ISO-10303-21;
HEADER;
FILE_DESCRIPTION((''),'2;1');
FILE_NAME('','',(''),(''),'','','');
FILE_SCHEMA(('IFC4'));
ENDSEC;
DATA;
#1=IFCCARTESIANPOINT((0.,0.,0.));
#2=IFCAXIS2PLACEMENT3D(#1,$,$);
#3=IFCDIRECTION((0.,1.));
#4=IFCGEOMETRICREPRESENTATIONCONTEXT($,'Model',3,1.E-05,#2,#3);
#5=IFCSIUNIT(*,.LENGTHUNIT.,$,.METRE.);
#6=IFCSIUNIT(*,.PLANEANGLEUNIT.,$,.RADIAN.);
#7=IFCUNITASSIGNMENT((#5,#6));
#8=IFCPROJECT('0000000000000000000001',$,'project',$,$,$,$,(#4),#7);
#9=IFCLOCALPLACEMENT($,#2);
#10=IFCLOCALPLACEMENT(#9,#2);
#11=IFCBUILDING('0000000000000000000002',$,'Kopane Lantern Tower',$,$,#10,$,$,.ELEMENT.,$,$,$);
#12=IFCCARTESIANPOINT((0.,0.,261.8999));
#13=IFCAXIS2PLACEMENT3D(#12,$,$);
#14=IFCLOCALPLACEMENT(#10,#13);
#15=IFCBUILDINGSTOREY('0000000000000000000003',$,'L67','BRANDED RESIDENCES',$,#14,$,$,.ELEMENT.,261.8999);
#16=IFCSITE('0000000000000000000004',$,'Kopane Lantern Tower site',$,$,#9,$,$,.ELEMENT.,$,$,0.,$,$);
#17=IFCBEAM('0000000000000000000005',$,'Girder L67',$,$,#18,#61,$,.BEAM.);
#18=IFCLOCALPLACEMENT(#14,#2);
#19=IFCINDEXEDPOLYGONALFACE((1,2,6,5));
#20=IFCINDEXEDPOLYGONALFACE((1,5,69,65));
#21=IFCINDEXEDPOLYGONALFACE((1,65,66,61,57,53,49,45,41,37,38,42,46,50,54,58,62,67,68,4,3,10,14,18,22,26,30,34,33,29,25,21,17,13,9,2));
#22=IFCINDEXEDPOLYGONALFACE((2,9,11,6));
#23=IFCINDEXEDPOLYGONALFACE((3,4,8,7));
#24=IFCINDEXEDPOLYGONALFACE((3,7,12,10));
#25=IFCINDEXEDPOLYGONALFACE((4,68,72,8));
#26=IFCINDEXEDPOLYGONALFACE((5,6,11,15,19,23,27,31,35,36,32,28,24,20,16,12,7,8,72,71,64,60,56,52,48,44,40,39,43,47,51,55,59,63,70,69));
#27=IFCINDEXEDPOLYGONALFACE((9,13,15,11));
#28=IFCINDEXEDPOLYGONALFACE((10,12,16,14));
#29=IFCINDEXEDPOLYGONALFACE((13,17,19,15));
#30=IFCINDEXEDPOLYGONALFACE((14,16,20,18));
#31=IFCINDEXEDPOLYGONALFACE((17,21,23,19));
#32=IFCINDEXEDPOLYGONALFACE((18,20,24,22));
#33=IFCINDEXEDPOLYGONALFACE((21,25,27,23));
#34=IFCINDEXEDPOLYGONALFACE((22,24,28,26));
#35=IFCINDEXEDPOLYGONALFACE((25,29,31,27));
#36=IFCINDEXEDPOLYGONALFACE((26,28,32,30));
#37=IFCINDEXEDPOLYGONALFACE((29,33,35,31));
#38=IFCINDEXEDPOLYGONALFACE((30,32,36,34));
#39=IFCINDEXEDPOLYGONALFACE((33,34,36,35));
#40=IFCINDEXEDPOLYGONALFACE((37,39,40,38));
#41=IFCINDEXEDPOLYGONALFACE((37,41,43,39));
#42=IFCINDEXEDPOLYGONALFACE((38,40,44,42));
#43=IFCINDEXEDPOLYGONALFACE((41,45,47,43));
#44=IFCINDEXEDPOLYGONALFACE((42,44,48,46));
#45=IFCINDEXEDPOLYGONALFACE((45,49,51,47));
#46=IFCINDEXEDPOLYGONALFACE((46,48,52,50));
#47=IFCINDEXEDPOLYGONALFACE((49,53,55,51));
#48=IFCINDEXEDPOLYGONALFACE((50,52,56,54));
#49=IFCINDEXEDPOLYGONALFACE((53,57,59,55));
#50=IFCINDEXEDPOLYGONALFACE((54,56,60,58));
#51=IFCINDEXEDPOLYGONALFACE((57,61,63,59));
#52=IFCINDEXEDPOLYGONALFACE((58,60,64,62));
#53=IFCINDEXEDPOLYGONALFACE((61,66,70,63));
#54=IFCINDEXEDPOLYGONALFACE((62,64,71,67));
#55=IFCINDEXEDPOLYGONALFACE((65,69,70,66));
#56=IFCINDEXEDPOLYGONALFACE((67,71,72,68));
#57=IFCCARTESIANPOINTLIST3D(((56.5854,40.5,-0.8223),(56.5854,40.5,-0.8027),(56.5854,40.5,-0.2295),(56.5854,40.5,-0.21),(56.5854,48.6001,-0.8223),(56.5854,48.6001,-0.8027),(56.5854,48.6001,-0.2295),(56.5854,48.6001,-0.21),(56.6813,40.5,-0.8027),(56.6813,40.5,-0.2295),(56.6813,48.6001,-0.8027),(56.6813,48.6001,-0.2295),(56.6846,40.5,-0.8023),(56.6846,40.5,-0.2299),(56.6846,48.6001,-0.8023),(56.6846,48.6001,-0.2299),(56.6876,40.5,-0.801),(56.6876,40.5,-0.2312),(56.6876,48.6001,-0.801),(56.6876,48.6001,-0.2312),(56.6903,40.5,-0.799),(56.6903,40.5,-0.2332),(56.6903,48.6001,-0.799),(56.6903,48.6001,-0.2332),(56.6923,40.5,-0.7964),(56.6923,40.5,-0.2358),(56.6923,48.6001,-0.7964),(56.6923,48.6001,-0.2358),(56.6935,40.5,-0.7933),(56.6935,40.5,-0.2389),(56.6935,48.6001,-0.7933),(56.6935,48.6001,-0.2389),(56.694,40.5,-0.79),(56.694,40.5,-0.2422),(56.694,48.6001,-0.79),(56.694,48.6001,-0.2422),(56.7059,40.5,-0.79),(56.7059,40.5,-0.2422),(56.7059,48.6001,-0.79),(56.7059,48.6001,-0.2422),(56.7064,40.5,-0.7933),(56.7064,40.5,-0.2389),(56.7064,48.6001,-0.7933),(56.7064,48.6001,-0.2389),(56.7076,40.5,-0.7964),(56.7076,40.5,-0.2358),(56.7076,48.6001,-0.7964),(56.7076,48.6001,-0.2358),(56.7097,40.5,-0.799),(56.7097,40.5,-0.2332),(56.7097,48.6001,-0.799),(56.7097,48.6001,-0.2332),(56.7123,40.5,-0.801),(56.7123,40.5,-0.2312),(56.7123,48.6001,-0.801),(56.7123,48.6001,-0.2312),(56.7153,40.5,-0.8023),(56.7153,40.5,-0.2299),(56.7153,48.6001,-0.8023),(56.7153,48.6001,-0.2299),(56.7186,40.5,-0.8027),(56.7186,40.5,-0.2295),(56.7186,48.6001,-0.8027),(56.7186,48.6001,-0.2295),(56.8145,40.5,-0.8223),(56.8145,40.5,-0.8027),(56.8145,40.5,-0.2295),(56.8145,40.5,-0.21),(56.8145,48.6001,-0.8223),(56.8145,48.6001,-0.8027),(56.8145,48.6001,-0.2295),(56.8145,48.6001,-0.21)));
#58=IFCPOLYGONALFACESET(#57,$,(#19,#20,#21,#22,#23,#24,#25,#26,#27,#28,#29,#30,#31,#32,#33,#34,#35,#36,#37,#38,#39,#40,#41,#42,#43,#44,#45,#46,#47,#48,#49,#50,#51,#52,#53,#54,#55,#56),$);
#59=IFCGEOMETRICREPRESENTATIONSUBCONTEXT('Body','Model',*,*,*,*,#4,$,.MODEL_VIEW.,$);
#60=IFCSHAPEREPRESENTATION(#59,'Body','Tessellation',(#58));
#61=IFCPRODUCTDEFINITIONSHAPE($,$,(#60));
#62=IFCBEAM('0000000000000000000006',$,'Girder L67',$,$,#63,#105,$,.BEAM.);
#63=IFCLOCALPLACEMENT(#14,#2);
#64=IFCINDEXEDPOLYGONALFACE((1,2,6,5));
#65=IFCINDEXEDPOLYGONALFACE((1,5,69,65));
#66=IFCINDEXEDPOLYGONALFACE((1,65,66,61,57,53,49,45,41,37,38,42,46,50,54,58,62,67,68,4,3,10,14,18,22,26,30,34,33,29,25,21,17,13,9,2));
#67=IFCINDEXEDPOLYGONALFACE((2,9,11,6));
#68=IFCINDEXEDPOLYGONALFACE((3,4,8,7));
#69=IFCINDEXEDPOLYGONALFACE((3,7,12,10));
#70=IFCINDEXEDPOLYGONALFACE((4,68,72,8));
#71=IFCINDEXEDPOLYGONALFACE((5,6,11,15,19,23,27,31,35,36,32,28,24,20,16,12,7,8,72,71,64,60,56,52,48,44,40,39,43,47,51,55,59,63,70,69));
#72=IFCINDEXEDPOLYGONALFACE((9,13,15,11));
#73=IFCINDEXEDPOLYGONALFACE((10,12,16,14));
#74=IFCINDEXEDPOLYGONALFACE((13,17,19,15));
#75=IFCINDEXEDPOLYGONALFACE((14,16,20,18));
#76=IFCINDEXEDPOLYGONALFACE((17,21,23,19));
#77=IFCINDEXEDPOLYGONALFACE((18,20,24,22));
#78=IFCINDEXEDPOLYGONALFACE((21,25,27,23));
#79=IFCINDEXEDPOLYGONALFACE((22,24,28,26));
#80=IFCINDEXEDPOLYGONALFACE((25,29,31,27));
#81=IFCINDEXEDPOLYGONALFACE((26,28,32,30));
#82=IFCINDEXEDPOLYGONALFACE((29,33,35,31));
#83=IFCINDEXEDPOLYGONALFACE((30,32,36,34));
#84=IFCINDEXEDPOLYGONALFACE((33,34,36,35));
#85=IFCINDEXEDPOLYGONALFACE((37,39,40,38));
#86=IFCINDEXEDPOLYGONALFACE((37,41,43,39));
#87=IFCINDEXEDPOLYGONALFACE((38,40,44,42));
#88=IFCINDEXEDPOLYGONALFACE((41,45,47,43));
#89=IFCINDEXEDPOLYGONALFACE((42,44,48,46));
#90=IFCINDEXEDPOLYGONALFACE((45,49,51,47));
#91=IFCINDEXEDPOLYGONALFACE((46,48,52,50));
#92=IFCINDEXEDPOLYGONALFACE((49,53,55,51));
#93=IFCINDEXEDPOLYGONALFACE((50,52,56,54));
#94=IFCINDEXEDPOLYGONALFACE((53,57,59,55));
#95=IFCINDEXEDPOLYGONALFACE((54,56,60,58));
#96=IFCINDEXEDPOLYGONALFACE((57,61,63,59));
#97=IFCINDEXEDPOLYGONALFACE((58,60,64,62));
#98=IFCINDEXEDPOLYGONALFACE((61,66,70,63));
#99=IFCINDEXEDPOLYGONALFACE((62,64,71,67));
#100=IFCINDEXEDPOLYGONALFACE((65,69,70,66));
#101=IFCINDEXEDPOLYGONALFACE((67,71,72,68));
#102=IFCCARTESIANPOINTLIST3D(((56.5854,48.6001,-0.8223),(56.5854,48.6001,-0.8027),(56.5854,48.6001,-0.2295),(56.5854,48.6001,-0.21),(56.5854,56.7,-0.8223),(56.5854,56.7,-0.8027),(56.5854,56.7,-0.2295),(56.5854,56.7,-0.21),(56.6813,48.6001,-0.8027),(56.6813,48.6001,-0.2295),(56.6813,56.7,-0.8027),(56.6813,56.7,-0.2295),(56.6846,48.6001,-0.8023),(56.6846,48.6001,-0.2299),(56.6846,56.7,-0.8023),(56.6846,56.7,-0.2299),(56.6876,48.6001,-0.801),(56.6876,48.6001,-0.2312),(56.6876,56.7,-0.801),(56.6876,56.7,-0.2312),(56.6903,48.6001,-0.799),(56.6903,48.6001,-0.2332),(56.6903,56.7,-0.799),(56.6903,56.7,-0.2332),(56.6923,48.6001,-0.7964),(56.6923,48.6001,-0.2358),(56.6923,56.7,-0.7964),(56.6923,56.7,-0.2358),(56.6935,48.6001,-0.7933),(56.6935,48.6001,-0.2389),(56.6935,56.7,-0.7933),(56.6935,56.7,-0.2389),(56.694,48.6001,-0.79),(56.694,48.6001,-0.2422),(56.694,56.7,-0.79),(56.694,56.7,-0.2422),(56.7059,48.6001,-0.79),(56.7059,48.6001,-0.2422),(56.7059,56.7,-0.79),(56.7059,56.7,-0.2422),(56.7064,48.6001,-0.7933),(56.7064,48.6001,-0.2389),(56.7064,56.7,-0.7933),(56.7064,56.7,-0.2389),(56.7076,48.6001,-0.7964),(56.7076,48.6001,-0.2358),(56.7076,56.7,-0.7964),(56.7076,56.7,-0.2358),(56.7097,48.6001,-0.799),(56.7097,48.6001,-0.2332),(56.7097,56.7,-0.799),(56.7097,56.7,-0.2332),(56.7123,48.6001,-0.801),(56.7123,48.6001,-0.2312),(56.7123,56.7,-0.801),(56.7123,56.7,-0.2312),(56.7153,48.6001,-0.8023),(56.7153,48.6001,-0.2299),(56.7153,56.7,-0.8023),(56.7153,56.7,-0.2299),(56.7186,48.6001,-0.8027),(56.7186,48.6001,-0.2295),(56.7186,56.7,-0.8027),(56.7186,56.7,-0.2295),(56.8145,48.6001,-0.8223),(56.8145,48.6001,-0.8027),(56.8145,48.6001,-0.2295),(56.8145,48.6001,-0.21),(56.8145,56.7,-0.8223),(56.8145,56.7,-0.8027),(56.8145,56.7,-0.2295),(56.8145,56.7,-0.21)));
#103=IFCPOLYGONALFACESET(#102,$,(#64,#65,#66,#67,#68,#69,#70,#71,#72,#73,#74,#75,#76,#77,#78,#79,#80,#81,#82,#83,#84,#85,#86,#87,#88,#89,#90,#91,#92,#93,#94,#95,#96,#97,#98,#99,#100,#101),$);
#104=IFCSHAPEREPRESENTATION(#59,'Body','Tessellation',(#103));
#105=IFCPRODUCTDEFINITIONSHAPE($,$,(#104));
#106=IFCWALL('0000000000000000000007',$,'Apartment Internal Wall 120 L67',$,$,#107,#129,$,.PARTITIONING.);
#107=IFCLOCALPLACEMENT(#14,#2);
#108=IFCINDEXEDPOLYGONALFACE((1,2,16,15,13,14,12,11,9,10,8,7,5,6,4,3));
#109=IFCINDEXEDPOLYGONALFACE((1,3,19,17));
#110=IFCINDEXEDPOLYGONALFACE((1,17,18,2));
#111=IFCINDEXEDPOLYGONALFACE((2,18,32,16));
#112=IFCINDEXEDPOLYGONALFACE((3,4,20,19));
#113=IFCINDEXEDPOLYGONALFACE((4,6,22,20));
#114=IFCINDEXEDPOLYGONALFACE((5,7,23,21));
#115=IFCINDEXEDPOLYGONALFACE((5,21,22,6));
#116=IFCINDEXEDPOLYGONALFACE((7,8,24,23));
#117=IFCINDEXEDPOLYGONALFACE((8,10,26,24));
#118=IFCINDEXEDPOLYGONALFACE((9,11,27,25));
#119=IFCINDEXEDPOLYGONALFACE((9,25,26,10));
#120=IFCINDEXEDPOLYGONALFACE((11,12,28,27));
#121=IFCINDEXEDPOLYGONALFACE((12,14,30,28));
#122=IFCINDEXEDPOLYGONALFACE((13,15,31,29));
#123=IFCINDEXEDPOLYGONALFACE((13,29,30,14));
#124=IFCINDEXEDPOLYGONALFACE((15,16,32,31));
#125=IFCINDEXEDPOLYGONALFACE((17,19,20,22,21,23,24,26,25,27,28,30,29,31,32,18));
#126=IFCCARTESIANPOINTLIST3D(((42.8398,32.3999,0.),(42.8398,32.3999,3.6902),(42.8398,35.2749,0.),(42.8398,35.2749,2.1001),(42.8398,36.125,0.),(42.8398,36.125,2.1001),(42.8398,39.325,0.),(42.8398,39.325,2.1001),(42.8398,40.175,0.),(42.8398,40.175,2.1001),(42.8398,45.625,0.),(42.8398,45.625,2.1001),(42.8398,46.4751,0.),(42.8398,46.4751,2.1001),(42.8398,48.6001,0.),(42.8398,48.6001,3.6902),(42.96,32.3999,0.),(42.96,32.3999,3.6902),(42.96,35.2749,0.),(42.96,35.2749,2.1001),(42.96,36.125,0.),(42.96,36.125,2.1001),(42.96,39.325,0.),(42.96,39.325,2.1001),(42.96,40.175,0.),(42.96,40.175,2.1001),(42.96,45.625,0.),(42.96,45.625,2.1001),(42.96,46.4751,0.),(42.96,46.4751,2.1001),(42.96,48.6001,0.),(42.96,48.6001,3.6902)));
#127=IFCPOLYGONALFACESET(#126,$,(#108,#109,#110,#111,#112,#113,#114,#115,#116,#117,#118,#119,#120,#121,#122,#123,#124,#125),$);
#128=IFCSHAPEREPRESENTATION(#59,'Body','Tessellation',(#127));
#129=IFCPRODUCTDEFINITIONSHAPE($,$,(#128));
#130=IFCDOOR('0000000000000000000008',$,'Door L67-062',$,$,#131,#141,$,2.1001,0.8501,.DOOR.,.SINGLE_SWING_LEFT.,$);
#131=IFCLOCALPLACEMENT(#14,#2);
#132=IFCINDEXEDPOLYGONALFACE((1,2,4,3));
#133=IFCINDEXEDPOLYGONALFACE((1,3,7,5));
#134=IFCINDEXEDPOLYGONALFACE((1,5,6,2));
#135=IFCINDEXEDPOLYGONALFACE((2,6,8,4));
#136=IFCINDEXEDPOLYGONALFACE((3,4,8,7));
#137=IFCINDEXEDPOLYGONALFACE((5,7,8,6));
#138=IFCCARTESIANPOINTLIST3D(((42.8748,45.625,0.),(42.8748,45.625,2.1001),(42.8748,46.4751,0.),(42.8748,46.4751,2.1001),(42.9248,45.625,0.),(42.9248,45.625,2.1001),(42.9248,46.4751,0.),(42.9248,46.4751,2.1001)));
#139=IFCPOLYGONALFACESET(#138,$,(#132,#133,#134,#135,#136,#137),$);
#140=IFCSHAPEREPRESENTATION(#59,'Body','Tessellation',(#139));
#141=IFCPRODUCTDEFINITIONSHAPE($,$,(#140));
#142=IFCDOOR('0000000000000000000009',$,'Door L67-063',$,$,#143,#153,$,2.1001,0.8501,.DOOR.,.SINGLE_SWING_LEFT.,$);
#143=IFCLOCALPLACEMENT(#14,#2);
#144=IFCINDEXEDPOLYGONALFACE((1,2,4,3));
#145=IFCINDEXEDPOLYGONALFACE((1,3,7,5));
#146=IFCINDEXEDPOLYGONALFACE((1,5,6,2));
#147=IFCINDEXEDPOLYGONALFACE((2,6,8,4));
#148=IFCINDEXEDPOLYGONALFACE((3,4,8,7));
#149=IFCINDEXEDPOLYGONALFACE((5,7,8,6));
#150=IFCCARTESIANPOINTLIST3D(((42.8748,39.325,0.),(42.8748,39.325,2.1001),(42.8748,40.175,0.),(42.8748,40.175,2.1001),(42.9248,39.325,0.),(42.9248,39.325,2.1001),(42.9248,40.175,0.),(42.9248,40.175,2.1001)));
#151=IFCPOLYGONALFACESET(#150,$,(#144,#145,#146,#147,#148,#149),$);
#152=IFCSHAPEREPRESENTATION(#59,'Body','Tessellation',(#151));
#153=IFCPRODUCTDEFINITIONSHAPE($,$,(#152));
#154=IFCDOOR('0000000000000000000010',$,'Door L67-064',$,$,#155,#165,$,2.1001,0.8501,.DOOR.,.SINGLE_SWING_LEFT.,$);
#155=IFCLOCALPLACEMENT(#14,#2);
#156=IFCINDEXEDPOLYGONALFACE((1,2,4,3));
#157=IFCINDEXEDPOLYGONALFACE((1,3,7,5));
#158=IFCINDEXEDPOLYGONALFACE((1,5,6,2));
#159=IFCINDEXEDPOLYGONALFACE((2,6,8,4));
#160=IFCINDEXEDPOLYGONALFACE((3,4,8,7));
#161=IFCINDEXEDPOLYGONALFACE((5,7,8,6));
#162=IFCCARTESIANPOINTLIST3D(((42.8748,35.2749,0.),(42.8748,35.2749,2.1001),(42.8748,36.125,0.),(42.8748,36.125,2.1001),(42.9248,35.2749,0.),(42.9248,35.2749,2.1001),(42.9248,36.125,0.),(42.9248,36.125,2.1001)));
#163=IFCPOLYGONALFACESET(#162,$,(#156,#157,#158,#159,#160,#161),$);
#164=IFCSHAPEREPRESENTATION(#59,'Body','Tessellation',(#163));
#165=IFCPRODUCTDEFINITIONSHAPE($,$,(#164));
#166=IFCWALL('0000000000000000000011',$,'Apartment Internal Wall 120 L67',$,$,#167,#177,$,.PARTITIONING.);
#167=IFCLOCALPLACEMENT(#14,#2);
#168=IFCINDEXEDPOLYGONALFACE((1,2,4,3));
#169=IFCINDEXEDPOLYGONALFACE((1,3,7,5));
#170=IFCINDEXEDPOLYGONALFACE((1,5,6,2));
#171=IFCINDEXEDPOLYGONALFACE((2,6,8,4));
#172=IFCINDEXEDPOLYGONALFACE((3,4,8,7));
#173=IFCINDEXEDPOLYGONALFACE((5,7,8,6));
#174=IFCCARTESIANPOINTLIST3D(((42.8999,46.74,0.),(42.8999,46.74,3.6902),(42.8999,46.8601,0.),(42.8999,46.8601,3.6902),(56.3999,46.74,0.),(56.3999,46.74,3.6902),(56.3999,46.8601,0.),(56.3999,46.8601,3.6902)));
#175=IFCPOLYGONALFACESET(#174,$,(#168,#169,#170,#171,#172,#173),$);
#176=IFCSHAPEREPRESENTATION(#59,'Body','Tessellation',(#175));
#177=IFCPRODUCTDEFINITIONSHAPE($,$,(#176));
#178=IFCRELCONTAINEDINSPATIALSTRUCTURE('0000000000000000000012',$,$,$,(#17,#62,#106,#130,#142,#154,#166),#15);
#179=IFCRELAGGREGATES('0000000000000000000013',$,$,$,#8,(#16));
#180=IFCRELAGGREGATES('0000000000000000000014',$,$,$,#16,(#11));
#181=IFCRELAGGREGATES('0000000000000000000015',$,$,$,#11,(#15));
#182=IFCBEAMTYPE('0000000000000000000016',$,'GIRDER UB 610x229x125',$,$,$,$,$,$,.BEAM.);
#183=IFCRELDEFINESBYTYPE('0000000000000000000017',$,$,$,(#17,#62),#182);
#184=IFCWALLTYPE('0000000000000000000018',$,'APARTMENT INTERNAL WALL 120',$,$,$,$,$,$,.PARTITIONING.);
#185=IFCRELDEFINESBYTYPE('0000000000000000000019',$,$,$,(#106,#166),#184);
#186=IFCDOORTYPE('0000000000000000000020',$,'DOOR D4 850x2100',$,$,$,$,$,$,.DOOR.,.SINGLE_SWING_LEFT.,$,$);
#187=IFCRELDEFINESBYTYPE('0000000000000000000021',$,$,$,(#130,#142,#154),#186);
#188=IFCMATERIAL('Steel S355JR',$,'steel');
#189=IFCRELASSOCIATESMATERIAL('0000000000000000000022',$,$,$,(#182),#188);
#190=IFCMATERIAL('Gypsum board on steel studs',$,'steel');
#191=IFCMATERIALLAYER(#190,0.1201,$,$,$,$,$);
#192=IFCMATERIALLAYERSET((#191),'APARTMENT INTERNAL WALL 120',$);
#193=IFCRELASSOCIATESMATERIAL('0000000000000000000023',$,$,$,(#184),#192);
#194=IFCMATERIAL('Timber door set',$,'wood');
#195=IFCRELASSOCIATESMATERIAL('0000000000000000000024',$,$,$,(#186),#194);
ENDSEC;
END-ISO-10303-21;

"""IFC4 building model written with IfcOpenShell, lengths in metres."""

from ifc_helpers import new_model, si_unit, direction, frame, frame_2d, origin, origin_2d, place, context, subcontext, project, spatial, rectangle, i_section, extrude, material, layer, layer_set, material_profile, profile_set, type_object, element, fill, save


model = new_model("IFC4")

# Units and contexts
model_context = context("Model", 3, precision=1e-05, world=origin(), true_north=direction((0.0, 1.0)))
body_context = subcontext(model_context, "Body", "Model", "MODEL_VIEW")
ifc_project = project(units=[si_unit("LENGTHUNIT", "METRE"), si_unit("PLANEANGLEUNIT", "RADIAN")], contexts=[model_context])

# Site, building, storey
site_placement = place(None, origin())
site = spatial("IfcSite", under=ifc_project, at=site_placement, Name="Kopane Lantern Tower site", CompositionType="ELEMENT", RefElevation=0.0)
building_placement = place(site_placement, origin())
building = spatial("IfcBuilding", under=site, at=building_placement, Name="Kopane Lantern Tower", CompositionType="ELEMENT")
storey_placement = place(building_placement, frame((0.0, 0.0, 261.8999)))
storey = spatial("IfcBuildingStorey", under=building, at=storey_placement, Name="L67", Description="BRANDED RESIDENCES", CompositionType="ELEMENT", Elevation=261.8999)

# Beams
ifc_material_1 = material(Name="Steel S355JR", Category="steel")
ifc_material_profile_1 = material_profile(ifc_material_1, i_section(OverallWidth=0.229, OverallDepth=0.6123, WebThickness=0.012, FlangeThickness=0.0195, FilletRadius=0.0127, at=origin_2d()), Name="UB 610x229x125")
ifc_profile_set_1 = profile_set([ifc_material_profile_1], Name="Steel S355JR")
beam_type = type_object("IfcBeamType", Name="GIRDER UB 610x229x125", PredefinedType="BEAM", material=ifc_profile_set_1)
beam_1_placement = place(storey_placement, frame((56.7, 40.5, -0.5161), z_axis=(0.0, 1.0, 0.0), x_axis=(-1.0, 0.0, 0.0)))
element("IfcBeam", 1, at=beam_1_placement, inside=storey, type_object=beam_type, Name="Girder L67", PredefinedType="BEAM", context=body_context, shape_type="SweptSolid", body=[
    extrude(i_section(OverallWidth=0.229, OverallDepth=0.6123, WebThickness=0.012, FlangeThickness=0.0195, FilletRadius=0.0127, at=origin_2d()), origin(), (0.0, 0.0, 1.0), 8.1001),
])
beam_2_placement = place(storey_placement, frame((56.7, 48.6001, -0.5161), z_axis=(0.0, 1.0, 0.0), x_axis=(-1.0, 0.0, 0.0)))
element("IfcBeam", 2, at=beam_2_placement, inside=storey, type_object=beam_type, Name="Girder L67", PredefinedType="BEAM", context=body_context, shape_type="SweptSolid", body=[
    extrude(i_section(OverallWidth=0.229, OverallDepth=0.6123, WebThickness=0.012, FlangeThickness=0.0195, FilletRadius=0.0127, at=origin_2d()), origin(), (0.0, 0.0, 1.0), 8.0999),
])

# Wall, openings, doors
ifc_material_2 = material(Name="Gypsum board on steel studs", Category="steel")
ifc_layer_1 = layer(ifc_material_2, 0.1201)
ifc_layer_set_1 = layer_set([ifc_layer_1], Name="APARTMENT INTERNAL WALL 120")
wall_type_1 = type_object("IfcWallType", Name="APARTMENT INTERNAL WALL 120", PredefinedType="PARTITIONING", material=ifc_layer_set_1)
wall_1_placement = place(storey_placement, frame((42.8999, 48.6001, 0.0), z_axis=(0.0, 0.0, 1.0), x_axis=(0.0, -1.0, 0.0)))
wall_1 = element("IfcWall", 3, at=wall_1_placement, inside=storey, type_object=wall_type_1, Name="Apartment Internal Wall 120 L67", PredefinedType="PARTITIONING", context=body_context, shape_type="SweptSolid", body=[
    extrude(rectangle(XDim=16.2002, YDim=0.1201, at=frame_2d((8.1001, 0.0))), origin(), (0.0, 0.0, 1.0), 3.6902),
])
opening_1_placement = place(wall_1_placement, frame((2.125, 0.0, 0.0)))
opening_1 = element("IfcOpeningElement", 4, at=opening_1_placement, cuts=wall_1, PredefinedType="OPENING", context=body_context, shape_type="SweptSolid", body=[
    extrude(rectangle(XDim=0.8501, YDim=2.1001, at=frame_2d((0.425, 1.05))), frame((0.0, 0.0701, 0.0), z_axis=(0.0, -1.0, 0.0), x_axis=(1.0, 0.0, 0.0)), (0.0, 0.0, 1.0), 0.1401),
])
opening_2_placement = place(wall_1_placement, frame((8.425, 0.0, 0.0)))
opening_2 = element("IfcOpeningElement", 5, at=opening_2_placement, cuts=wall_1, PredefinedType="OPENING", context=body_context, shape_type="SweptSolid", body=[
    extrude(rectangle(XDim=0.8501, YDim=2.1001, at=frame_2d((0.425, 1.05))), frame((0.0, 0.0701, 0.0), z_axis=(0.0, -1.0, 0.0), x_axis=(1.0, 0.0, 0.0)), (0.0, 0.0, 1.0), 0.1401),
])
opening_3_placement = place(wall_1_placement, frame((12.4751, 0.0, 0.0)))
opening_3 = element("IfcOpeningElement", 6, at=opening_3_placement, cuts=wall_1, PredefinedType="OPENING", context=body_context, shape_type="SweptSolid", body=[
    extrude(rectangle(XDim=0.8501, YDim=2.1001, at=frame_2d((0.425, 1.05))), frame((0.0, 0.0701, 0.0), z_axis=(0.0, -1.0, 0.0), x_axis=(1.0, 0.0, 0.0)), (0.0, 0.0, 1.0), 0.1401),
])
ifc_material_3 = material(Name="Timber door set", Category="wood")
door_type_1 = type_object("IfcDoorType", Name="DOOR D4 850x2100", OperationType="SINGLE_SWING_LEFT", PredefinedType="DOOR", material=ifc_material_3)
door_1_placement = place(opening_1_placement, origin())
door_1 = element("IfcDoor", 7, at=door_1_placement, inside=storey, type_object=door_type_1, Name="Door L67-062", OperationType="SINGLE_SWING_LEFT", OverallHeight=2.1001, OverallWidth=0.8501, PredefinedType="DOOR", context=body_context, shape_type="SweptSolid", body=[
    extrude(rectangle(XDim=0.8501, YDim=2.1001, at=frame_2d((0.425, 1.05))), frame((0.0, 0.0249, 0.0), z_axis=(0.0, -1.0, 0.0), x_axis=(1.0, 0.0, 0.0)), (0.0, 0.0, 1.0), 0.05),
])
fill(opening_1, door_1)
door_2_placement = place(opening_2_placement, origin())
door_2 = element("IfcDoor", 8, at=door_2_placement, inside=storey, type_object=door_type_1, Name="Door L67-063", OperationType="SINGLE_SWING_LEFT", OverallHeight=2.1001, OverallWidth=0.8501, PredefinedType="DOOR", context=body_context, shape_type="SweptSolid", body=[
    extrude(rectangle(XDim=0.8501, YDim=2.1001, at=frame_2d((0.425, 1.05))), frame((0.0, 0.0249, 0.0), z_axis=(0.0, -1.0, 0.0), x_axis=(1.0, 0.0, 0.0)), (0.0, 0.0, 1.0), 0.05),
])
fill(opening_2, door_2)
door_3_placement = place(opening_3_placement, origin())
door_3 = element("IfcDoor", 9, at=door_3_placement, inside=storey, type_object=door_type_1, Name="Door L67-064", OperationType="SINGLE_SWING_LEFT", OverallHeight=2.1001, OverallWidth=0.8501, PredefinedType="DOOR", context=body_context, shape_type="SweptSolid", body=[
    extrude(rectangle(XDim=0.8501, YDim=2.1001, at=frame_2d((0.425, 1.05))), frame((0.0, 0.0249, 0.0), z_axis=(0.0, -1.0, 0.0), x_axis=(1.0, 0.0, 0.0)), (0.0, 0.0, 1.0), 0.05),
])
fill(opening_3, door_3)

# Wall
wall_2_placement = place(storey_placement, frame((42.8999, 46.8, 0.0), z_axis=(0.0, 0.0, 1.0), x_axis=(1.0, 0.0, 0.0)))
element("IfcWall", 10, at=wall_2_placement, inside=storey, type_object=wall_type_1, Name="Apartment Internal Wall 120 L67", PredefinedType="PARTITIONING", context=body_context, shape_type="SweptSolid", body=[
    extrude(rectangle(XDim=13.5, YDim=0.1201, at=frame_2d((6.75, 0.0))), origin(), (0.0, 0.0, 1.0), 3.6902),
])

save(model, "model.ifc")
